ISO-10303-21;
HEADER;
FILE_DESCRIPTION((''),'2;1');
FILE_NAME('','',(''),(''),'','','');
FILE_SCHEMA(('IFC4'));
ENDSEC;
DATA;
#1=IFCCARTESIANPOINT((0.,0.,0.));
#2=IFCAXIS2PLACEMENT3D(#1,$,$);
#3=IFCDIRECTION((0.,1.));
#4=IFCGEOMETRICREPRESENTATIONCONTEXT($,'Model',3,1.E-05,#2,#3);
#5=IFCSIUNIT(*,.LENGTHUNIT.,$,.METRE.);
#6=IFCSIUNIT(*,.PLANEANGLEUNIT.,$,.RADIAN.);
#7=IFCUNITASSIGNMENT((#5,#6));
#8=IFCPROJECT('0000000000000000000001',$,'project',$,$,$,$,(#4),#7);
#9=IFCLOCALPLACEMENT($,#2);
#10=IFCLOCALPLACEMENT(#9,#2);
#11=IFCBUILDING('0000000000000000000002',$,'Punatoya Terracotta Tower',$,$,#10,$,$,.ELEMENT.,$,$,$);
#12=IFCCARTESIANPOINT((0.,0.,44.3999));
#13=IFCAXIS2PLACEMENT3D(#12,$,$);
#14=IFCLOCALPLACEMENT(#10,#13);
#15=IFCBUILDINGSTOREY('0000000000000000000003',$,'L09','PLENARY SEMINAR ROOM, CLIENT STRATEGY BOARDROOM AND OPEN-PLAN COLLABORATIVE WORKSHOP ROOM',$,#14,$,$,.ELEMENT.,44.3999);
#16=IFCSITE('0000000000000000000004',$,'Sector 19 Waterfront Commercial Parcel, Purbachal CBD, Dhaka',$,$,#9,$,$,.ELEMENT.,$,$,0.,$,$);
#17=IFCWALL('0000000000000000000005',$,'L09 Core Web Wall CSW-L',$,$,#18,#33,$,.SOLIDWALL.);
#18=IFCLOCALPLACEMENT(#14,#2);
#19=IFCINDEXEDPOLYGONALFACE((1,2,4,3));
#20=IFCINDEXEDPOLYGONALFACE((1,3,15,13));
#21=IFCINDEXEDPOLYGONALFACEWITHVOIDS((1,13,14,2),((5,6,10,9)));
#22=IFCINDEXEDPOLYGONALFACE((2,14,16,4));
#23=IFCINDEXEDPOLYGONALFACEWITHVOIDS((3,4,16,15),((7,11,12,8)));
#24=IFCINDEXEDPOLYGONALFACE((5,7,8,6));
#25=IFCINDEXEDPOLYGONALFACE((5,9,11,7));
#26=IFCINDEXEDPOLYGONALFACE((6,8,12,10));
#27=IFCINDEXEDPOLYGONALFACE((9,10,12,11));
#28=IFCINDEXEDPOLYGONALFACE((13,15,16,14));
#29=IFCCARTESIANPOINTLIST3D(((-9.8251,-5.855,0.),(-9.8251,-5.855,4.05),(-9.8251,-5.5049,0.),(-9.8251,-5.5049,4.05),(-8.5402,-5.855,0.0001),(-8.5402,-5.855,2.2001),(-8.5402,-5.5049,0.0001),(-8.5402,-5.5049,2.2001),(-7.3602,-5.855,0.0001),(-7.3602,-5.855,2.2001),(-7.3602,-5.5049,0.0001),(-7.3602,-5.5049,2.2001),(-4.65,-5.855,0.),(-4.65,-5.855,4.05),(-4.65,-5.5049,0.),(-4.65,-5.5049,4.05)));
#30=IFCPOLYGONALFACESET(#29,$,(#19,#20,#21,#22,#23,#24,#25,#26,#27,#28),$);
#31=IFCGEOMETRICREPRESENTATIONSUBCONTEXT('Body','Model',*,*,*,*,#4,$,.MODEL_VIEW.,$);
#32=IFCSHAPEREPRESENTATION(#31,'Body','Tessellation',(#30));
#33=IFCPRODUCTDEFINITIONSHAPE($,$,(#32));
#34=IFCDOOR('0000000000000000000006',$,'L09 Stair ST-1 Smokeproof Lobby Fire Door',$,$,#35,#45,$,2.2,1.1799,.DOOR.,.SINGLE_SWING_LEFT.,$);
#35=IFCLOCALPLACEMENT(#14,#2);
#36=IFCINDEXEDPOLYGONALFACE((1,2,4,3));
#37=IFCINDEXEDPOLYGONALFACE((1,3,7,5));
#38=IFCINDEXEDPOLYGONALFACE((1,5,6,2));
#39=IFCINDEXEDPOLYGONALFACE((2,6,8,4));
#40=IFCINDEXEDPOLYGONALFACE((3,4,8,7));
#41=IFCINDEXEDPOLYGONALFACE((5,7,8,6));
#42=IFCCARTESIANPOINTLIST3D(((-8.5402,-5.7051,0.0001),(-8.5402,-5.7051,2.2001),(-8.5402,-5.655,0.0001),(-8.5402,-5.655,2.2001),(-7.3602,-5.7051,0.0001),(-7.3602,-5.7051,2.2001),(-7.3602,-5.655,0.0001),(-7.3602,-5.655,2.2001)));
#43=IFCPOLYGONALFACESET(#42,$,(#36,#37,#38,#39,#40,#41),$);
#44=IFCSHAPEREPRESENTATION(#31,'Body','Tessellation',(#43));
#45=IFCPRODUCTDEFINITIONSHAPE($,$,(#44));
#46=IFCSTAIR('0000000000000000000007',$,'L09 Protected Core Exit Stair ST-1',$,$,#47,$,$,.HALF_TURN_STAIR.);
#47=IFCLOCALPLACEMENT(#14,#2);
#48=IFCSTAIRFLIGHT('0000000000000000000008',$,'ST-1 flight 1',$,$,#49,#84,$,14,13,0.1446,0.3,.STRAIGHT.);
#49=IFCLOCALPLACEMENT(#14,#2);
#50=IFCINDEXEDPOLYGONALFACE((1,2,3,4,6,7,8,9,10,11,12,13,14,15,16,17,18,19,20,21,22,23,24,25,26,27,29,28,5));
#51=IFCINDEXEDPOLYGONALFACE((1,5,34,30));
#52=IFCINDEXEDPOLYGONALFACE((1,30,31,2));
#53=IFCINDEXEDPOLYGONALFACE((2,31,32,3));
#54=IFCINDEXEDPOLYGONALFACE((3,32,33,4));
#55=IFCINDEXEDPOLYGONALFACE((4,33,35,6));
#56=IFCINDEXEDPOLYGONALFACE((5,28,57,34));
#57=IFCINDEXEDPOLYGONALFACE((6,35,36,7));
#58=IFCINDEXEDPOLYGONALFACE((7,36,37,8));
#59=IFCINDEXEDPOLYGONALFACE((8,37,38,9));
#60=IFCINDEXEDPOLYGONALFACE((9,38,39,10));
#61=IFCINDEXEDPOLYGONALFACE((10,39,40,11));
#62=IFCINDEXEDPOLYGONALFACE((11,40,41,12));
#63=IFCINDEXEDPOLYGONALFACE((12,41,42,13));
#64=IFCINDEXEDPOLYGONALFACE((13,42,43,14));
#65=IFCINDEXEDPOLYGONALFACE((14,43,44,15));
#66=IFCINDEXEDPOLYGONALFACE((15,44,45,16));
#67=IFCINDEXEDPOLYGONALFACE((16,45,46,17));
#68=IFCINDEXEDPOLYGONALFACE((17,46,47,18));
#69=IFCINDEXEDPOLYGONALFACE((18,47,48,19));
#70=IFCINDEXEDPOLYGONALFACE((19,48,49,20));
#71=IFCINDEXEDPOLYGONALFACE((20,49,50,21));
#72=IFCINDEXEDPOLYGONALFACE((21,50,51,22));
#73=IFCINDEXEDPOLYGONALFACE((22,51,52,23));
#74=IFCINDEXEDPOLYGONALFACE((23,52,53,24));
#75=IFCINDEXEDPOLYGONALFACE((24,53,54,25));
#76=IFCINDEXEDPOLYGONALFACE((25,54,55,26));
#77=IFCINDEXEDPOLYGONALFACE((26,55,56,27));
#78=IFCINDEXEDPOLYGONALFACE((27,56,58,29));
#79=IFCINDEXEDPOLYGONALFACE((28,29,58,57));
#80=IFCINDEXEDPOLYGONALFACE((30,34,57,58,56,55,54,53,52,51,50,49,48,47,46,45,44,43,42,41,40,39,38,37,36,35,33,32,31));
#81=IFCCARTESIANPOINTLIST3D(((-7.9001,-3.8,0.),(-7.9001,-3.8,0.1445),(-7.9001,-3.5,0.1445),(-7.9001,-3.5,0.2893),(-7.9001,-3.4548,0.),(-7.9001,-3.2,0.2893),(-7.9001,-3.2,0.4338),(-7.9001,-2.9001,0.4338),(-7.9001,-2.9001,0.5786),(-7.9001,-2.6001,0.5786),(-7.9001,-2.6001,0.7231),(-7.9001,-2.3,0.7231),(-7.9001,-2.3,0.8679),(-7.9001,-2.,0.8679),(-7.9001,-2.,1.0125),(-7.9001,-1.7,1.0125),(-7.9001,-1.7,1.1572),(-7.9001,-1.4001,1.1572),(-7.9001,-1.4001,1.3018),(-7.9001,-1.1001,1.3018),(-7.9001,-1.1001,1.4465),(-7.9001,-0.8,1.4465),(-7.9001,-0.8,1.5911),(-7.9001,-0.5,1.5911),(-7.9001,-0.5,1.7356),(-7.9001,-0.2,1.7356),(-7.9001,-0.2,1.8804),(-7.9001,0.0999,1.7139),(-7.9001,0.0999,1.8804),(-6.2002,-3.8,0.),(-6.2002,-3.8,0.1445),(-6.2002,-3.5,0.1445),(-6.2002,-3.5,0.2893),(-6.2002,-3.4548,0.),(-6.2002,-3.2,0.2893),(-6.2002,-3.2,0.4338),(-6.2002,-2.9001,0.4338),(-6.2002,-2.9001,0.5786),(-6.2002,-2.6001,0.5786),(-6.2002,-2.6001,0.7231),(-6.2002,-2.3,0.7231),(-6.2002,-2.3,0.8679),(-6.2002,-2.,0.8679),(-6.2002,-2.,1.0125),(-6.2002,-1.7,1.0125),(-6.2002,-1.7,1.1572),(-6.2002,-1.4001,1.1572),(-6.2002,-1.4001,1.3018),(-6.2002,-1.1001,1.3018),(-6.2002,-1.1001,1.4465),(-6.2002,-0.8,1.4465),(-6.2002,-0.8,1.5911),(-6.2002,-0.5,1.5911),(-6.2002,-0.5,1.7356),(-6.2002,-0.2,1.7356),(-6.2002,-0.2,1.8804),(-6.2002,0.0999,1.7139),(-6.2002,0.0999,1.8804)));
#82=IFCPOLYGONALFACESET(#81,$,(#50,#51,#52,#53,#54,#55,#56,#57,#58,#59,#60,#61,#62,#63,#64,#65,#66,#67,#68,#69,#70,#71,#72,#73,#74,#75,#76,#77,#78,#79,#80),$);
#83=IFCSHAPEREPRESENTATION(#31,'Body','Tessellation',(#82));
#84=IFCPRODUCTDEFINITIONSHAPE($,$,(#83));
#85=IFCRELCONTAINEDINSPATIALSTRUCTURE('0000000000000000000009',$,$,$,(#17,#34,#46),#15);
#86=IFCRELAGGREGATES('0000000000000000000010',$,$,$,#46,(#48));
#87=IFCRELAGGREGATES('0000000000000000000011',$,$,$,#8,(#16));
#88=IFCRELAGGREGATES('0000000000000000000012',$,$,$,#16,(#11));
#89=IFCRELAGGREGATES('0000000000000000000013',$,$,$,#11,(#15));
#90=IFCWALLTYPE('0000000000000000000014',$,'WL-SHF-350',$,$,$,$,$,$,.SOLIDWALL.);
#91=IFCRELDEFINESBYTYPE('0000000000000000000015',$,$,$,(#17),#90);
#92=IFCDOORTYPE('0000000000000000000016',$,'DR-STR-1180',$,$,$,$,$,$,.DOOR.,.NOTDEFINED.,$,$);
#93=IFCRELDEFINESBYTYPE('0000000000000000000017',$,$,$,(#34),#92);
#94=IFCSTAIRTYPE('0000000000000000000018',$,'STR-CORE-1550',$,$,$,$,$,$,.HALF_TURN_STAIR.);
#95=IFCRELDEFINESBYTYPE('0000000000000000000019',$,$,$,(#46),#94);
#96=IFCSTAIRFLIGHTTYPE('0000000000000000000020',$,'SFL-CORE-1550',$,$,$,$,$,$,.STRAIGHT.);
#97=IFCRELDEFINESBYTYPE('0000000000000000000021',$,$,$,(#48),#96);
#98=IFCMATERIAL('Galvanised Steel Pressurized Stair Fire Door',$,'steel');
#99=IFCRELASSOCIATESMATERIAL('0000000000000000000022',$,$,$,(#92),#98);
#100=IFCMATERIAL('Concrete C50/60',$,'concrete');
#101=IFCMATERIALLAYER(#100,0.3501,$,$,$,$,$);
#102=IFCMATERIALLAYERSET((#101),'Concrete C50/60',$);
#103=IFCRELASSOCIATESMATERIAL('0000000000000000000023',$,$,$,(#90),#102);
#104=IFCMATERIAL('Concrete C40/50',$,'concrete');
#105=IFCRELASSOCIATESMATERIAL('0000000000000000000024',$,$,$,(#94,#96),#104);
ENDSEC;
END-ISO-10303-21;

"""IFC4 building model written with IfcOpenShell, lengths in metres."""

from ifc_helpers import new_model, si_unit, direction, frame, frame_2d, origin, place, context, subcontext, project, spatial, polyline, rectangle, outline, extrude, material, layer, layer_set, type_object, element, fill, aggregate, save


model = new_model("IFC4")

# Units and contexts
model_context = context("Model", 3, precision=1e-05, world=origin(), true_north=direction((0.0, 1.0)))
body_context = subcontext(model_context, "Body", "Model", "MODEL_VIEW")
ifc_project = project(units=[si_unit("LENGTHUNIT", "METRE"), si_unit("PLANEANGLEUNIT", "RADIAN")], contexts=[model_context])

# Site, building, storey
site_placement = place(None, origin())
site = spatial("IfcSite", under=ifc_project, at=site_placement, Name="Sector 19 Waterfront Commercial Parcel, Purbachal CBD, Dhaka", CompositionType="ELEMENT", RefElevation=0.0)
building_placement = place(site_placement, origin())
building = spatial("IfcBuilding", under=site, at=building_placement, Name="Punatoya Terracotta Tower", CompositionType="ELEMENT")
storey_placement = place(building_placement, frame((0.0, 0.0, 44.3999)))
storey = spatial("IfcBuildingStorey", under=building, at=storey_placement, Name="L09", Description="PLENARY SEMINAR ROOM, CLIENT STRATEGY BOARDROOM AND OPEN-PLAN COLLABORATIVE WORKSHOP ROOM", CompositionType="ELEMENT", Elevation=44.3999)

# Shared definitions
ifc_material_1 = material(Name="Galvanised Steel Pressurized Stair Fire Door", Category="steel")
door_type_1 = type_object("IfcDoorType", Name="DR-STR-1180", OperationType="NOTDEFINED", PredefinedType="DOOR", material=ifc_material_1)

# Shared definitions
ifc_material_2 = material(Name="Concrete C40/50", Category="concrete")

# Wall, opening, door
ifc_material_3 = material(Name="Concrete C50/60", Category="concrete")
ifc_layer_1 = layer(ifc_material_3, 0.3501)
ifc_layer_set_1 = layer_set([ifc_layer_1], Name="Concrete C50/60")
wall_type_1 = type_object("IfcWallType", Name="WL-SHF-350", PredefinedType="SOLIDWALL", material=ifc_layer_set_1)
wall_1_placement = place(storey_placement, frame((-9.825, -5.6799, 0.0), z_axis=(0.0, 0.0, 1.0), x_axis=(1.0, 0.0, 0.0)))
wall_1 = element("IfcWall", 1, at=wall_1_placement, inside=storey, type_object=wall_type_1, Name="L09 Core Web Wall CSW-L", PredefinedType="SOLIDWALL", context=body_context, shape_type="SweptSolid", body=[
    extrude(rectangle(XDim=5.175, YDim=0.3501, at=frame_2d((2.5874, 0.0))), origin(), (0.0, 0.0, 1.0), 4.05),
])
opening_1_placement = place(wall_1_placement, frame((1.2849, 0.0, 0.0)))
opening_1 = element("IfcOpeningElement", 2, at=opening_1_placement, cuts=wall_1, PredefinedType="OPENING", context=body_context, shape_type="SweptSolid", body=[
    extrude(rectangle(XDim=1.1799, YDim=2.2, at=frame_2d((0.5898, 1.1001))), frame((0.0, 0.1851, 0.0), z_axis=(0.0, -1.0, 0.0), x_axis=(1.0, 0.0, 0.0)), (0.0, 0.0, 1.0), 0.3701),
])
door_1_placement = place(opening_1_placement, origin())
door_1 = element("IfcDoor", 3, at=door_1_placement, inside=storey, type_object=door_type_1, Name="L09 Stair ST-1 Smokeproof Lobby Fire Door", OperationType="SINGLE_SWING_LEFT", OverallHeight=2.2, OverallWidth=1.1799, PredefinedType="DOOR", context=body_context, shape_type="SweptSolid", body=[
    extrude(rectangle(XDim=1.1799, YDim=2.2, at=frame_2d((0.5898, 1.1001))), frame((0.0, 0.0249, 0.0), z_axis=(0.0, -1.0, 0.0), x_axis=(1.0, 0.0, 0.0)), (0.0, 0.0, 1.0), 0.05),
])
fill(opening_1, door_1)

# Stair, stair flight
stair_type = type_object("IfcStairType", Name="STR-CORE-1550", PredefinedType="HALF_TURN_STAIR", material=ifc_material_2)
stair_placement = place(storey_placement, origin())
stair = element("IfcStair", 4, at=stair_placement, inside=storey, type_object=stair_type, Name="L09 Protected Core Exit Stair ST-1", PredefinedType="HALF_TURN_STAIR")
stair_flight_type = type_object("IfcStairFlightType", Name="SFL-CORE-1550", PredefinedType="STRAIGHT", material=ifc_material_2)
stair_flight_placement = place(storey_placement, frame((-7.05, -3.8, 0.0), z_axis=(0.0, 0.0, 1.0), x_axis=(0.0, 1.0, 0.0)))
stair_flight = element("IfcStairFlight", 5, at=stair_flight_placement, type_object=stair_flight_type, Name="ST-1 flight 1", NumberOfRisers=14, NumberOfTreads=13, PredefinedType="STRAIGHT", RiserHeight=0.1446, TreadLength=0.3, context=body_context, shape_type="SweptSolid", body=[
    extrude(outline(polyline([(0.0, 0.0), (0.0, 0.1445), (0.3, 0.1445), (0.3, 0.2893), (0.6001, 0.2893), (0.6001, 0.4338), (0.8999, 0.4338), (0.8999, 0.5786), (1.2, 0.5786), (1.2, 0.7231), (1.5, 0.7231), (1.5, 0.8679), (1.8, 0.8679), (1.8, 1.0125), (2.1001, 1.0125), (2.1001, 1.1572), (2.3999, 1.1572), (2.3999, 1.3018), (2.7, 1.3018), (2.7, 1.4465), (3.0, 1.4465), (3.0, 1.5911), (3.3, 1.5911), (3.3, 1.7356), (3.6001, 1.7356), (3.6001, 1.8804), (3.8999, 1.8804), (3.8999, 2.0249), (3.8999, 1.7139), (0.3452, 0.0), (0.0, 0.0)])), frame((0.0, 0.8501, 0.0), z_axis=(0.0, -1.0, 0.0), x_axis=(1.0, 0.0, 0.0)), (0.0, 0.0, 1.0), 1.7),
])
aggregate(stair, [stair_flight])

save(model, "model.ifc")
